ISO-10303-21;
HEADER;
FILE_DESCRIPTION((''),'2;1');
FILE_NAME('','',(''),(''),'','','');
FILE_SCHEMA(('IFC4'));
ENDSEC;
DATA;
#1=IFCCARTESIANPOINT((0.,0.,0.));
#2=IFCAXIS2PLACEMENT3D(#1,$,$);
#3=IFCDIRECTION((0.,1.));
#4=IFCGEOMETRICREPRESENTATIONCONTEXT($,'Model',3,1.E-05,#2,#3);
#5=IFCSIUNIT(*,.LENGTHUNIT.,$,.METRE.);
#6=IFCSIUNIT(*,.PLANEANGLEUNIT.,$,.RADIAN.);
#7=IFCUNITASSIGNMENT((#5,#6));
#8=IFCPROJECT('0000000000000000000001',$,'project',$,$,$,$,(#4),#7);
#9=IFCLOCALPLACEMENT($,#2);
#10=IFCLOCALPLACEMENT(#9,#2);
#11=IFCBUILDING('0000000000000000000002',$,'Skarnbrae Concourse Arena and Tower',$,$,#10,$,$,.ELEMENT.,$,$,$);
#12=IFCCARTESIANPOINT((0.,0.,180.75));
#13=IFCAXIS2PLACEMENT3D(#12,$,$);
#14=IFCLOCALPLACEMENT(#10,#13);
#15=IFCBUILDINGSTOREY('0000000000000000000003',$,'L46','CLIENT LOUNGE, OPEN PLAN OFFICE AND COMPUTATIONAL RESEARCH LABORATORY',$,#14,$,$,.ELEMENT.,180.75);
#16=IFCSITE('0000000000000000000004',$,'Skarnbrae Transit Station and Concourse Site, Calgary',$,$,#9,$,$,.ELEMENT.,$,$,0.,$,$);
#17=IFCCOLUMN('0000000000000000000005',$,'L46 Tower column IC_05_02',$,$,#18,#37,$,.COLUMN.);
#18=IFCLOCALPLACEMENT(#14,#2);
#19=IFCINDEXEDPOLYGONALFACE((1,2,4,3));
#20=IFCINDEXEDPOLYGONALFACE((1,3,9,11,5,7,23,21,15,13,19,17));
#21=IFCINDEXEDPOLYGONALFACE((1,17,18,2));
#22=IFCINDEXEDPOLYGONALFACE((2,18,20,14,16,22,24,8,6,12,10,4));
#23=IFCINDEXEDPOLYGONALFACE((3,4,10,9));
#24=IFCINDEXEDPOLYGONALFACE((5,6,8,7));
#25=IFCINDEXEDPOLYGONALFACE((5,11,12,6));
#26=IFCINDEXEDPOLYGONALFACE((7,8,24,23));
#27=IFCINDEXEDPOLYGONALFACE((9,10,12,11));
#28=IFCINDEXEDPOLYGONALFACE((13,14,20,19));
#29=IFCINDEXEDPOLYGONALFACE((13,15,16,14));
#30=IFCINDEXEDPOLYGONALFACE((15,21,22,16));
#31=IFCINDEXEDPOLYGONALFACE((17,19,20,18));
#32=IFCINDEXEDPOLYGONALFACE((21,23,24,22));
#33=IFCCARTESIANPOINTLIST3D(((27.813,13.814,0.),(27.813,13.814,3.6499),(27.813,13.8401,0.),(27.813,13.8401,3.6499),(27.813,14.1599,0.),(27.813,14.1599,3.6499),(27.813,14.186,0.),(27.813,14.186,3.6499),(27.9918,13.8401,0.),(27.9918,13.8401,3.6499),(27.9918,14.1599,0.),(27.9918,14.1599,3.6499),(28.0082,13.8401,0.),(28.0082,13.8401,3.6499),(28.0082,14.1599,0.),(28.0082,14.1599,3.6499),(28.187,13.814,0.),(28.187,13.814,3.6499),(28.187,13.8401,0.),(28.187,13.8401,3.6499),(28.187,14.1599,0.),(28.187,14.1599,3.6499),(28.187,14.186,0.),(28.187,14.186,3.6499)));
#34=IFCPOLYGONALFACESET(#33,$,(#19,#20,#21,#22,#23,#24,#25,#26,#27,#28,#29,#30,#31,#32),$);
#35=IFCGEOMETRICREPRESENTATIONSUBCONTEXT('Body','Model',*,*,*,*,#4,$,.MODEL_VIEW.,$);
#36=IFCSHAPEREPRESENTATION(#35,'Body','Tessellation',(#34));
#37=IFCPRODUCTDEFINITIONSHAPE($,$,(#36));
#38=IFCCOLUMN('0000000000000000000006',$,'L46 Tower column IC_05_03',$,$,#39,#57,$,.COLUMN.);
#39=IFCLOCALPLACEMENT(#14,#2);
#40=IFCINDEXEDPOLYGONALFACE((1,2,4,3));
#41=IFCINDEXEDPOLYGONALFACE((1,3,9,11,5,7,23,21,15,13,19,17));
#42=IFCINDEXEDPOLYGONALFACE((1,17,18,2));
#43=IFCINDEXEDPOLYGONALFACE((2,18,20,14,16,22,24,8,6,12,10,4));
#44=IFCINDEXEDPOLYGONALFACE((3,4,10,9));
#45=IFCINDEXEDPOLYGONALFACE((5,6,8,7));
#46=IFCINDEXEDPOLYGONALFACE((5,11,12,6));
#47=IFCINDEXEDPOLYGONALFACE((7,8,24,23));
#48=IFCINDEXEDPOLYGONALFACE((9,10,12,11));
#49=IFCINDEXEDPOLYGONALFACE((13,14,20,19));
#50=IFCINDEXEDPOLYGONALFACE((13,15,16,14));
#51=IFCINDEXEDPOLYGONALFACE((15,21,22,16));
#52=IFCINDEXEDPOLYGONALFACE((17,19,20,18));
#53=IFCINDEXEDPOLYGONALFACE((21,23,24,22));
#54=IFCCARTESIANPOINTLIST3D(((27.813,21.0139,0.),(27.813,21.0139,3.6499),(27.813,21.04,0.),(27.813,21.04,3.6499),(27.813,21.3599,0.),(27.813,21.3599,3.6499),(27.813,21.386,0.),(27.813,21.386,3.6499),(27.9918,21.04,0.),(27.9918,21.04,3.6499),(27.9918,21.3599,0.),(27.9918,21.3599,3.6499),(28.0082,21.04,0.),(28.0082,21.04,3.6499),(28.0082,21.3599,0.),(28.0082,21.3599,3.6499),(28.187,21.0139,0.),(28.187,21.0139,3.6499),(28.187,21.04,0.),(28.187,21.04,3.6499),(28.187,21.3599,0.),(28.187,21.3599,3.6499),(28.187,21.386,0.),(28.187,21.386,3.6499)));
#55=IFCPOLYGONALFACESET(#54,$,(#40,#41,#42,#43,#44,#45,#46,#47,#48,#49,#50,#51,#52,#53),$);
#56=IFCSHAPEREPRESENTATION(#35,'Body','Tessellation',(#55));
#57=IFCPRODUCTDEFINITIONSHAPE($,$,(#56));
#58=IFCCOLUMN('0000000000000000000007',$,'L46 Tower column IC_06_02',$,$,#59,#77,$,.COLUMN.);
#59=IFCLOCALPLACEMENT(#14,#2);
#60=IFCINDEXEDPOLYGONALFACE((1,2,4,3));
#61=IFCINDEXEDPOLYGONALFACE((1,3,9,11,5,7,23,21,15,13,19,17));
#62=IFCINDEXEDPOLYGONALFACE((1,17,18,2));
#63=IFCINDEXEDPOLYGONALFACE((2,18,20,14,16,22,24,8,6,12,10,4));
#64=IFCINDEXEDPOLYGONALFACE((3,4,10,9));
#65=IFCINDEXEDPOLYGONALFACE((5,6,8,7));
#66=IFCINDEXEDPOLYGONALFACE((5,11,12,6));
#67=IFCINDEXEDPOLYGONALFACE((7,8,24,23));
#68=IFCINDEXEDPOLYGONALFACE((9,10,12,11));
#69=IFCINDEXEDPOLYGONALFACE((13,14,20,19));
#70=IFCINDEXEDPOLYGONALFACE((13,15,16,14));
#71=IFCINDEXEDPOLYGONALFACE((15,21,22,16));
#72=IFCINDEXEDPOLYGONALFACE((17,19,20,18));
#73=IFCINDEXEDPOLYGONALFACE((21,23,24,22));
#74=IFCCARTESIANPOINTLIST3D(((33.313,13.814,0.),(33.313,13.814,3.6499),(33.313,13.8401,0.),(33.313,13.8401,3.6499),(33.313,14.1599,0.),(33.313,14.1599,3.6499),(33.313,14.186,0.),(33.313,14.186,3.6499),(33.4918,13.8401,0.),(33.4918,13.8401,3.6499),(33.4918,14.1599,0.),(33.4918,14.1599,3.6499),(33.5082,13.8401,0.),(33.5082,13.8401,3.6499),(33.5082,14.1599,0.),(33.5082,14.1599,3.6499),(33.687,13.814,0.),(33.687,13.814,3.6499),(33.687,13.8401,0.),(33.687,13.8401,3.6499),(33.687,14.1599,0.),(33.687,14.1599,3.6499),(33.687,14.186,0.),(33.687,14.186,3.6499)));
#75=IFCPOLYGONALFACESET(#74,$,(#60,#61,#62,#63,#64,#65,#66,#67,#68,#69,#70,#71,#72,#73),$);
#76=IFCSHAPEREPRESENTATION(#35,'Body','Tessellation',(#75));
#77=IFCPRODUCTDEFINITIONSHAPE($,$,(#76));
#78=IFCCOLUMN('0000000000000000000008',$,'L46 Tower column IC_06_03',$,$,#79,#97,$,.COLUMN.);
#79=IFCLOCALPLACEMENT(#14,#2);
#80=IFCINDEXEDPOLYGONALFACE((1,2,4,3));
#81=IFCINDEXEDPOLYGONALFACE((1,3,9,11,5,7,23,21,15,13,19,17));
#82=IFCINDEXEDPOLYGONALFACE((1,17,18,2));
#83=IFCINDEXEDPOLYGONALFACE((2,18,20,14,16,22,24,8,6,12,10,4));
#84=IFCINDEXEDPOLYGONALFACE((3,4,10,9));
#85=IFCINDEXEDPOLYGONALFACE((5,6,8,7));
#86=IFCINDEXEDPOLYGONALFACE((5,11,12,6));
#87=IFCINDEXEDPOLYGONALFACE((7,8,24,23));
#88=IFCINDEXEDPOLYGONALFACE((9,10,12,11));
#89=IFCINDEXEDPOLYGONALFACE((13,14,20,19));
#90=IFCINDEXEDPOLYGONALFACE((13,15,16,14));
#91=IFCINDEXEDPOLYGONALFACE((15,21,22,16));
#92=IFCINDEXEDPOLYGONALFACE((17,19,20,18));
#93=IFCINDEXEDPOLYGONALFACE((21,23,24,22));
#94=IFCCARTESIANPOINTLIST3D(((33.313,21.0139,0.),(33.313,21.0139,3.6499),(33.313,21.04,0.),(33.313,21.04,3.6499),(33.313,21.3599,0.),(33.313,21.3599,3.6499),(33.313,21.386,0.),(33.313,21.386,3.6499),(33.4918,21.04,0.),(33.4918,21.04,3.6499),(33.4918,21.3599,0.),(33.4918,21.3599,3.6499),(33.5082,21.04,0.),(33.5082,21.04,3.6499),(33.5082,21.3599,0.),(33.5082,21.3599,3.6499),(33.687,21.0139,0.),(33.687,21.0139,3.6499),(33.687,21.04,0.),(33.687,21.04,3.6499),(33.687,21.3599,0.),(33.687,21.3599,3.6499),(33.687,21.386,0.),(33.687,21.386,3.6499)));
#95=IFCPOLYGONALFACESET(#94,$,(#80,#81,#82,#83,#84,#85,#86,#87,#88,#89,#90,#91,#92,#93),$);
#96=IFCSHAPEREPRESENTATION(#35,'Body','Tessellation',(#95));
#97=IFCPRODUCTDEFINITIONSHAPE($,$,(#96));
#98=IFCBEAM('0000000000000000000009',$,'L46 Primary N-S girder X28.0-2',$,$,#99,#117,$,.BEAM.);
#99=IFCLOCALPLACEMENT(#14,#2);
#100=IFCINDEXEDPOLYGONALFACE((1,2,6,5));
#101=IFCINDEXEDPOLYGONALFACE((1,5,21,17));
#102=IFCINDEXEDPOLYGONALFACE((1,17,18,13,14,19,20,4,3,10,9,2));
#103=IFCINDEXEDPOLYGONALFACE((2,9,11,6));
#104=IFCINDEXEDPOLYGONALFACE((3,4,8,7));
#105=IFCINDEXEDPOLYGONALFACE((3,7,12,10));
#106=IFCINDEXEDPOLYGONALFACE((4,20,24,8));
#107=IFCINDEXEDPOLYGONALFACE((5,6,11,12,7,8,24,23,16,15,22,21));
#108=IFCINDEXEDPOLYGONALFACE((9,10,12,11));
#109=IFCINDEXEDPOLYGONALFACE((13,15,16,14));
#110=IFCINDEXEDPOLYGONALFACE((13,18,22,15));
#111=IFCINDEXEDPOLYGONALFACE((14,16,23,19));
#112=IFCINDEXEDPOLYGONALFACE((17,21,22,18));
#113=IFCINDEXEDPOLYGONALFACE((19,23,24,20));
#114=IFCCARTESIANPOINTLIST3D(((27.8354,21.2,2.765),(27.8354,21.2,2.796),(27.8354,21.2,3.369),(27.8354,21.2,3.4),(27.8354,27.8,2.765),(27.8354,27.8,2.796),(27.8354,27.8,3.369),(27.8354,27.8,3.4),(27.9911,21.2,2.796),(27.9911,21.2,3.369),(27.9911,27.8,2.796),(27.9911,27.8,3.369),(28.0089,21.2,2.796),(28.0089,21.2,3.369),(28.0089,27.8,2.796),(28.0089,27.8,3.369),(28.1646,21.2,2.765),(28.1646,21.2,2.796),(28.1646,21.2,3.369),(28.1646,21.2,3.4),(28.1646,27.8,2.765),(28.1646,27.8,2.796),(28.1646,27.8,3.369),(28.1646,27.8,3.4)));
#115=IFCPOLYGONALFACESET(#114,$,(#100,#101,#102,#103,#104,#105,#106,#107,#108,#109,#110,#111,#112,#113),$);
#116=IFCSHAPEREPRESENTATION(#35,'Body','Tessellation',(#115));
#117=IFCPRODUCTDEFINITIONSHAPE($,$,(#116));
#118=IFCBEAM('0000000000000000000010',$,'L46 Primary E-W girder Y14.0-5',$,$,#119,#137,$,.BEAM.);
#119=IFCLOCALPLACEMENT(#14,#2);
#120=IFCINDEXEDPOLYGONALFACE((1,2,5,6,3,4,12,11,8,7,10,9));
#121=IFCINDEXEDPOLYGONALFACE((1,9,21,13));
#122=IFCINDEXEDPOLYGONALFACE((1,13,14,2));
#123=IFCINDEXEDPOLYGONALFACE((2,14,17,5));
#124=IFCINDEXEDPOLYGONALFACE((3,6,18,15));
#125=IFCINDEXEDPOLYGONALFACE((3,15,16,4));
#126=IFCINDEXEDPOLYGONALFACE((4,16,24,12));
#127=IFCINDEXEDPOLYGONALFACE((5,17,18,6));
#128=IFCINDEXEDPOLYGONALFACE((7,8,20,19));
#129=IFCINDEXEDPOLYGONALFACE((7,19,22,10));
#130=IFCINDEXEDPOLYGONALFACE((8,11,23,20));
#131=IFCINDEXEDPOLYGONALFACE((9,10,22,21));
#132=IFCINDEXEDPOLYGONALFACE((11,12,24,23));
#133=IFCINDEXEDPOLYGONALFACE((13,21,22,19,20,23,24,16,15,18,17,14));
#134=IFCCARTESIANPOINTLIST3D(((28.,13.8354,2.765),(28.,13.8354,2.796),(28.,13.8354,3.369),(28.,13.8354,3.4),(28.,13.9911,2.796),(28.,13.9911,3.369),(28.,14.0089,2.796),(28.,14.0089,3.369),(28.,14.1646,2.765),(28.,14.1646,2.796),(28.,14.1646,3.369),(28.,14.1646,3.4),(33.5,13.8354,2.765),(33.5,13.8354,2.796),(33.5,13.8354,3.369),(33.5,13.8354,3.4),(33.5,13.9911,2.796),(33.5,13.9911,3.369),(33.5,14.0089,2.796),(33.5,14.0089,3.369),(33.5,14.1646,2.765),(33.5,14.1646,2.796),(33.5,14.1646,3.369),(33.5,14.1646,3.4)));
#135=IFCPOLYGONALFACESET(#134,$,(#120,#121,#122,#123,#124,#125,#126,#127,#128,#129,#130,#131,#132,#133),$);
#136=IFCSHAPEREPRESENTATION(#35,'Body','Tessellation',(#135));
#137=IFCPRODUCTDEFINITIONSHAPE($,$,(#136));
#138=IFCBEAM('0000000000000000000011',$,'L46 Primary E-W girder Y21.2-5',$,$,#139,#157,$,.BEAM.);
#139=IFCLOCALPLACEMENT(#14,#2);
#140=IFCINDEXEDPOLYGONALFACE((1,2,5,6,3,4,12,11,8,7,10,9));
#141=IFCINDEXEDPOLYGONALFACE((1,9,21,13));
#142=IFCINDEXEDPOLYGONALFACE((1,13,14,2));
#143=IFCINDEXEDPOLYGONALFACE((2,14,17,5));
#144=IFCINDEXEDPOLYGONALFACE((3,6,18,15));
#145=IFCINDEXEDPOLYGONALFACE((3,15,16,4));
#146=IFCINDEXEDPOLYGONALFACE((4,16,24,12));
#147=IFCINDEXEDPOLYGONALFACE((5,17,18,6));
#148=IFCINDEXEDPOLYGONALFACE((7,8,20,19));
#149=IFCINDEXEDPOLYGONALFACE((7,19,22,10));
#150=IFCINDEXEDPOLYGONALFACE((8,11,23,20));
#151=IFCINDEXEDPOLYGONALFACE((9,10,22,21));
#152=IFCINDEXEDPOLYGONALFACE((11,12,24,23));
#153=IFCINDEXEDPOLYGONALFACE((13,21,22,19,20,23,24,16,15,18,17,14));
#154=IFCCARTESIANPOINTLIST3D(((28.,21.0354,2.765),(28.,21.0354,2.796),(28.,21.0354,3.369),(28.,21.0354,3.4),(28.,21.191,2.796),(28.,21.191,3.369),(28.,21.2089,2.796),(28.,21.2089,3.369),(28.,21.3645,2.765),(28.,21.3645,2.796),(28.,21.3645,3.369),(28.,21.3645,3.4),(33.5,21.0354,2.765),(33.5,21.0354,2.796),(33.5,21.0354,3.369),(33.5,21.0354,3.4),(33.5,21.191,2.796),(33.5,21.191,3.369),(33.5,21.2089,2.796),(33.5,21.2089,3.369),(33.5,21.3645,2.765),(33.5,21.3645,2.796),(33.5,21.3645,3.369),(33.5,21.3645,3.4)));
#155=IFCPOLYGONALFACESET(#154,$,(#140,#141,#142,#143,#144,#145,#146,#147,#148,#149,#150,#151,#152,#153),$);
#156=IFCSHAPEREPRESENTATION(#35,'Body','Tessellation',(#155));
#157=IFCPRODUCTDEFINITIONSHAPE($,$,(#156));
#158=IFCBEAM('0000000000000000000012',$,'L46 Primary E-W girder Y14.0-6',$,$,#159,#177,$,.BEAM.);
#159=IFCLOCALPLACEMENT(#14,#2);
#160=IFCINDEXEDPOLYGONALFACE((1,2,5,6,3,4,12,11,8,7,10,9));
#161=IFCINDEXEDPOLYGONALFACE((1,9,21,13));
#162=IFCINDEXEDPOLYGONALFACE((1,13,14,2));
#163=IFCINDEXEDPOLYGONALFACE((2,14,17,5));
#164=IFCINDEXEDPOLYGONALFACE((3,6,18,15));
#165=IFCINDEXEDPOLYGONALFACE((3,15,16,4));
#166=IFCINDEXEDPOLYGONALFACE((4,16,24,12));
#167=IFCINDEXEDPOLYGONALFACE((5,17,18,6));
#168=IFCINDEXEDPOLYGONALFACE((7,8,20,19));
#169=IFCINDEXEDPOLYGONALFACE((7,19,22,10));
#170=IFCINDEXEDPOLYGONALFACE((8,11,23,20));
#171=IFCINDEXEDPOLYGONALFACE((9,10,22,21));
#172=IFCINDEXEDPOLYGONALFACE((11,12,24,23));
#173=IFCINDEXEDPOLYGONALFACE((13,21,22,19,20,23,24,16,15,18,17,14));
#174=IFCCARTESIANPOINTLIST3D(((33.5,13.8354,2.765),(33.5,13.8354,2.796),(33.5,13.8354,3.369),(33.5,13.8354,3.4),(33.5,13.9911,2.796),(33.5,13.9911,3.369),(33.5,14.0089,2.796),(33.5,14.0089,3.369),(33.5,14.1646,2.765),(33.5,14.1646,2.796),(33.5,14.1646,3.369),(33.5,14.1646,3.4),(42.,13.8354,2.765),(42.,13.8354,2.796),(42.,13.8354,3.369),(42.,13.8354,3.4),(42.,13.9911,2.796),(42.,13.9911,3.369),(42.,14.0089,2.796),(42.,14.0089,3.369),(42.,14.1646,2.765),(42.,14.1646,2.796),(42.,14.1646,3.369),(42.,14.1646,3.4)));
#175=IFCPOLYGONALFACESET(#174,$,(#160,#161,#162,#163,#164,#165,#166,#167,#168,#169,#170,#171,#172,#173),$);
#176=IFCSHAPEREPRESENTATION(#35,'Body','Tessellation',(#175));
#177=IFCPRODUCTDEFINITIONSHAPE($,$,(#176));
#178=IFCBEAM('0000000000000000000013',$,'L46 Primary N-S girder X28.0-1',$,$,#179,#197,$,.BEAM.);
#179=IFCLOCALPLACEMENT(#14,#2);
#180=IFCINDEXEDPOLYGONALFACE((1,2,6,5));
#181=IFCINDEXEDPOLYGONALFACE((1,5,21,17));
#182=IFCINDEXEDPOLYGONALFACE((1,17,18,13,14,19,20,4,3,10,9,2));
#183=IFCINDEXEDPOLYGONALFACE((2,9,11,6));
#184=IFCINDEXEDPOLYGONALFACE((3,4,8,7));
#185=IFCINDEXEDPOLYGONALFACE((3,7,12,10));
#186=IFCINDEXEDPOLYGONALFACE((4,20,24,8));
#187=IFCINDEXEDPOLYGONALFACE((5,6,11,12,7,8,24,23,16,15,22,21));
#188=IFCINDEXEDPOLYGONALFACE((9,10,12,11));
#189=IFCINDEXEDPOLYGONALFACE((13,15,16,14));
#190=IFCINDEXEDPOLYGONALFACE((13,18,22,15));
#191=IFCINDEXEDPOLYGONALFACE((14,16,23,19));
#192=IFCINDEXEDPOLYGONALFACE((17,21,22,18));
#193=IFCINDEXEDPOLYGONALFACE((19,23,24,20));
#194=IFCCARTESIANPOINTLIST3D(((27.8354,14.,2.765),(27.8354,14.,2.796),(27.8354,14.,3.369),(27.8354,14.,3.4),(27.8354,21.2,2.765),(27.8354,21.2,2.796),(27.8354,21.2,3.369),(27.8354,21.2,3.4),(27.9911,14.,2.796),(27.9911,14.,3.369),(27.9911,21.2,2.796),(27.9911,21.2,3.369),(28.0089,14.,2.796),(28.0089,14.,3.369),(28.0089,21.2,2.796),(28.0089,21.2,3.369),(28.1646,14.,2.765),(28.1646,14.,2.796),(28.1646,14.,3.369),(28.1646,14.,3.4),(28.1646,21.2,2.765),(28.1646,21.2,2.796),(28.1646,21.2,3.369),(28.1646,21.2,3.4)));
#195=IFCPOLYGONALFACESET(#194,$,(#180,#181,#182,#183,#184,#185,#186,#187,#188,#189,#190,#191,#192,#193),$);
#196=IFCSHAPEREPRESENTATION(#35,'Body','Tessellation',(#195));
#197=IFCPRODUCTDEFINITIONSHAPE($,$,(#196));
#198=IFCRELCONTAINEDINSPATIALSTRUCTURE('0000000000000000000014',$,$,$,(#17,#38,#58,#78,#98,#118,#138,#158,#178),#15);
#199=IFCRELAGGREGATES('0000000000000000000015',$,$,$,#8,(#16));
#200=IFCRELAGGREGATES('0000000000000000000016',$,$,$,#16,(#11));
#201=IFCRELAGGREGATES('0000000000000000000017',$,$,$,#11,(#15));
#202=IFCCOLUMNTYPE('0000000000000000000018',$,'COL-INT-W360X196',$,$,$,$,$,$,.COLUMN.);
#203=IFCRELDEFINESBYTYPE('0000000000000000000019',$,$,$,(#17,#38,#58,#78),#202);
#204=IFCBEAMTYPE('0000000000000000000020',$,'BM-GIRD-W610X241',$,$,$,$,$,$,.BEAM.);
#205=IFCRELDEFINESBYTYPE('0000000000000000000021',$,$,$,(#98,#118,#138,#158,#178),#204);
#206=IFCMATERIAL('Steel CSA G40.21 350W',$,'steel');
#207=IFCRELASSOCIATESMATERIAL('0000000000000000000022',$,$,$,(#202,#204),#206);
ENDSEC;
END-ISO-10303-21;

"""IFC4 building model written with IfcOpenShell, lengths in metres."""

from ifc_helpers import new_model, si_unit, direction, frame, origin, origin_2d, place, context, subcontext, project, spatial, i_section, extrude, source, transform, mapped, material, material_profile, profile_set, type_object, element, save


model = new_model("IFC4")

# Units and contexts
model_context = context("Model", 3, precision=1e-05, world=origin(), true_north=direction((0.0, 1.0)))
body_context = subcontext(model_context, "Body", "Model", "MODEL_VIEW")
ifc_project = project(units=[si_unit("LENGTHUNIT", "METRE"), si_unit("PLANEANGLEUNIT", "RADIAN")], contexts=[model_context])

# Site, building, storey
site_placement = place(None, origin())
site = spatial("IfcSite", under=ifc_project, at=site_placement, Name="Skarnbrae Transit Station and Concourse Site, Calgary", CompositionType="ELEMENT", RefElevation=0.0)
building_placement = place(site_placement, origin())
building = spatial("IfcBuilding", under=site, at=building_placement, Name="Skarnbrae Concourse Arena and Tower", CompositionType="ELEMENT")
storey_placement = place(building_placement, frame((0.0, 0.0, 180.75)))
storey = spatial("IfcBuildingStorey", under=building, at=storey_placement, Name="L46", Description="CLIENT LOUNGE, OPEN PLAN OFFICE AND COMPUTATIONAL RESEARCH LABORATORY", CompositionType="ELEMENT", Elevation=180.75)

# Columns
ifc_material_1 = material(Name="Steel CSA G40.21 350W", Category="steel")
ifc_material_profile_1 = material_profile(ifc_material_1, i_section(OverallWidth=0.374, OverallDepth=0.3721, WebThickness=0.0164, FlangeThickness=0.0261, at=origin_2d()), Name="W360X196")
ifc_profile_set_1 = profile_set([ifc_material_profile_1], Name="Steel CSA G40.21 350W")
column_type = type_object("IfcColumnType", Name="COL-INT-W360X196", PredefinedType="COLUMN", material=ifc_profile_set_1)
shared_shape_1 = source(origin(), body_context, "Body", "SweptSolid", [
    extrude(i_section(OverallWidth=0.374, OverallDepth=0.3721, WebThickness=0.0164, FlangeThickness=0.0261, at=origin_2d()), origin(), (0.0, 0.0, 1.0), 3.6499),
])
for number, where, z_axis, x_axis, name in (
    (1, (28.0, 14.0, 0.0), (0.0, 0.0, 1.0), (1.0, 0.0, 0.0), "L46 Tower column IC_05_02"),
    (2, (28.0, 21.2, 0.0), (0.0, 0.0, 1.0), (1.0, 0.0, 0.0), "L46 Tower column IC_05_03"),
    (3, (33.5, 14.0, 0.0), (0.0, 0.0, 1.0), (1.0, 0.0, 0.0), "L46 Tower column IC_06_02"),
    (4, (33.5, 21.2, 0.0), (0.0, 0.0, 1.0), (1.0, 0.0, 0.0), "L46 Tower column IC_06_03"),
):
    element("IfcColumn", number, at=place(storey_placement, frame(where, z_axis=z_axis, x_axis=x_axis)), inside=storey, type_object=column_type, Name=name, PredefinedType="COLUMN", context=body_context, shape_type="MappedRepresentation", body=[
        mapped(shared_shape_1, transform((0.0, 0.0, 0.0))),
    ])

# Beams
ifc_material_profile_2 = material_profile(ifc_material_1, i_section(OverallWidth=0.3291, OverallDepth=0.635, WebThickness=0.0178, FlangeThickness=0.031, at=origin_2d()), Name="W610X241")
ifc_profile_set_2 = profile_set([ifc_material_profile_2], Name="Steel CSA G40.21 350W")
beam_type_1 = type_object("IfcBeamType", Name="BM-GIRD-W610X241", PredefinedType="BEAM", material=ifc_profile_set_2)
shared_shape_2 = source(origin(), body_context, "Body", "SweptSolid", [
    extrude(i_section(OverallWidth=0.3291, OverallDepth=0.635, WebThickness=0.0178, FlangeThickness=0.031, at=origin_2d()), origin(), (0.0, 0.0, 1.0), 6.6001),
])
beam_1_placement = place(storey_placement, frame((28.0, 21.2, 3.0825), z_axis=(0.0, 1.0, 0.0), x_axis=(-1.0, 0.0, 0.0)))
element("IfcBeam", 5, at=beam_1_placement, inside=storey, type_object=beam_type_1, Name="L46 Primary N-S girder X28.0-2", PredefinedType="BEAM", context=body_context, shape_type="MappedRepresentation", body=[
    mapped(shared_shape_2, transform((0.0, 0.0, 0.0))),
])
shared_shape_3 = source(origin(), body_context, "Body", "SweptSolid", [
    extrude(i_section(OverallWidth=0.3291, OverallDepth=0.635, WebThickness=0.0178, FlangeThickness=0.031, at=origin_2d()), origin(), (0.0, 0.0, 1.0), 5.5),
])
for number, where, z_axis, x_axis, name in (
    (6, (28.0, 14.0, 3.0825), (1.0, 0.0, 0.0), (0.0, 1.0, 0.0), "L46 Primary E-W girder Y14.0-5"),
    (7, (28.0, 21.2, 3.0825), (1.0, 0.0, 0.0), (0.0, 1.0, 0.0), "L46 Primary E-W girder Y21.2-5"),
):
    element("IfcBeam", number, at=place(storey_placement, frame(where, z_axis=z_axis, x_axis=x_axis)), inside=storey, type_object=beam_type_1, Name=name, PredefinedType="BEAM", context=body_context, shape_type="MappedRepresentation", body=[
        mapped(shared_shape_3, transform((0.0, 0.0, 0.0))),
    ])
shared_shape_4 = source(origin(), body_context, "Body", "SweptSolid", [
    extrude(i_section(OverallWidth=0.3291, OverallDepth=0.635, WebThickness=0.0178, FlangeThickness=0.031, at=origin_2d()), origin(), (0.0, 0.0, 1.0), 8.5),
])
beam_2_placement = place(storey_placement, frame((33.5, 14.0, 3.0825), z_axis=(1.0, 0.0, 0.0), x_axis=(0.0, 1.0, 0.0)))
element("IfcBeam", 8, at=beam_2_placement, inside=storey, type_object=beam_type_1, Name="L46 Primary E-W girder Y14.0-6", PredefinedType="BEAM", context=body_context, shape_type="MappedRepresentation", body=[
    mapped(shared_shape_4, transform((0.0, 0.0, 0.0))),
])
shared_shape_5 = source(origin(), body_context, "Body", "SweptSolid", [
    extrude(i_section(OverallWidth=0.3291, OverallDepth=0.635, WebThickness=0.0178, FlangeThickness=0.031, at=origin_2d()), origin(), (0.0, 0.0, 1.0), 7.2),
])
for number, where, z_axis, x_axis, name in (
    (9, (28.0, 14.0, 3.0825), (0.0, 1.0, 0.0), (-1.0, 0.0, 0.0), "L46 Primary N-S girder X28.0-1"),
):
    element("IfcBeam", number, at=place(storey_placement, frame(where, z_axis=z_axis, x_axis=x_axis)), inside=storey, type_object=beam_type_1, Name=name, PredefinedType="BEAM", context=body_context, shape_type="MappedRepresentation", body=[
        mapped(shared_shape_5, transform((0.0, 0.0, 0.0))),
    ])

save(model, "model.ifc")
